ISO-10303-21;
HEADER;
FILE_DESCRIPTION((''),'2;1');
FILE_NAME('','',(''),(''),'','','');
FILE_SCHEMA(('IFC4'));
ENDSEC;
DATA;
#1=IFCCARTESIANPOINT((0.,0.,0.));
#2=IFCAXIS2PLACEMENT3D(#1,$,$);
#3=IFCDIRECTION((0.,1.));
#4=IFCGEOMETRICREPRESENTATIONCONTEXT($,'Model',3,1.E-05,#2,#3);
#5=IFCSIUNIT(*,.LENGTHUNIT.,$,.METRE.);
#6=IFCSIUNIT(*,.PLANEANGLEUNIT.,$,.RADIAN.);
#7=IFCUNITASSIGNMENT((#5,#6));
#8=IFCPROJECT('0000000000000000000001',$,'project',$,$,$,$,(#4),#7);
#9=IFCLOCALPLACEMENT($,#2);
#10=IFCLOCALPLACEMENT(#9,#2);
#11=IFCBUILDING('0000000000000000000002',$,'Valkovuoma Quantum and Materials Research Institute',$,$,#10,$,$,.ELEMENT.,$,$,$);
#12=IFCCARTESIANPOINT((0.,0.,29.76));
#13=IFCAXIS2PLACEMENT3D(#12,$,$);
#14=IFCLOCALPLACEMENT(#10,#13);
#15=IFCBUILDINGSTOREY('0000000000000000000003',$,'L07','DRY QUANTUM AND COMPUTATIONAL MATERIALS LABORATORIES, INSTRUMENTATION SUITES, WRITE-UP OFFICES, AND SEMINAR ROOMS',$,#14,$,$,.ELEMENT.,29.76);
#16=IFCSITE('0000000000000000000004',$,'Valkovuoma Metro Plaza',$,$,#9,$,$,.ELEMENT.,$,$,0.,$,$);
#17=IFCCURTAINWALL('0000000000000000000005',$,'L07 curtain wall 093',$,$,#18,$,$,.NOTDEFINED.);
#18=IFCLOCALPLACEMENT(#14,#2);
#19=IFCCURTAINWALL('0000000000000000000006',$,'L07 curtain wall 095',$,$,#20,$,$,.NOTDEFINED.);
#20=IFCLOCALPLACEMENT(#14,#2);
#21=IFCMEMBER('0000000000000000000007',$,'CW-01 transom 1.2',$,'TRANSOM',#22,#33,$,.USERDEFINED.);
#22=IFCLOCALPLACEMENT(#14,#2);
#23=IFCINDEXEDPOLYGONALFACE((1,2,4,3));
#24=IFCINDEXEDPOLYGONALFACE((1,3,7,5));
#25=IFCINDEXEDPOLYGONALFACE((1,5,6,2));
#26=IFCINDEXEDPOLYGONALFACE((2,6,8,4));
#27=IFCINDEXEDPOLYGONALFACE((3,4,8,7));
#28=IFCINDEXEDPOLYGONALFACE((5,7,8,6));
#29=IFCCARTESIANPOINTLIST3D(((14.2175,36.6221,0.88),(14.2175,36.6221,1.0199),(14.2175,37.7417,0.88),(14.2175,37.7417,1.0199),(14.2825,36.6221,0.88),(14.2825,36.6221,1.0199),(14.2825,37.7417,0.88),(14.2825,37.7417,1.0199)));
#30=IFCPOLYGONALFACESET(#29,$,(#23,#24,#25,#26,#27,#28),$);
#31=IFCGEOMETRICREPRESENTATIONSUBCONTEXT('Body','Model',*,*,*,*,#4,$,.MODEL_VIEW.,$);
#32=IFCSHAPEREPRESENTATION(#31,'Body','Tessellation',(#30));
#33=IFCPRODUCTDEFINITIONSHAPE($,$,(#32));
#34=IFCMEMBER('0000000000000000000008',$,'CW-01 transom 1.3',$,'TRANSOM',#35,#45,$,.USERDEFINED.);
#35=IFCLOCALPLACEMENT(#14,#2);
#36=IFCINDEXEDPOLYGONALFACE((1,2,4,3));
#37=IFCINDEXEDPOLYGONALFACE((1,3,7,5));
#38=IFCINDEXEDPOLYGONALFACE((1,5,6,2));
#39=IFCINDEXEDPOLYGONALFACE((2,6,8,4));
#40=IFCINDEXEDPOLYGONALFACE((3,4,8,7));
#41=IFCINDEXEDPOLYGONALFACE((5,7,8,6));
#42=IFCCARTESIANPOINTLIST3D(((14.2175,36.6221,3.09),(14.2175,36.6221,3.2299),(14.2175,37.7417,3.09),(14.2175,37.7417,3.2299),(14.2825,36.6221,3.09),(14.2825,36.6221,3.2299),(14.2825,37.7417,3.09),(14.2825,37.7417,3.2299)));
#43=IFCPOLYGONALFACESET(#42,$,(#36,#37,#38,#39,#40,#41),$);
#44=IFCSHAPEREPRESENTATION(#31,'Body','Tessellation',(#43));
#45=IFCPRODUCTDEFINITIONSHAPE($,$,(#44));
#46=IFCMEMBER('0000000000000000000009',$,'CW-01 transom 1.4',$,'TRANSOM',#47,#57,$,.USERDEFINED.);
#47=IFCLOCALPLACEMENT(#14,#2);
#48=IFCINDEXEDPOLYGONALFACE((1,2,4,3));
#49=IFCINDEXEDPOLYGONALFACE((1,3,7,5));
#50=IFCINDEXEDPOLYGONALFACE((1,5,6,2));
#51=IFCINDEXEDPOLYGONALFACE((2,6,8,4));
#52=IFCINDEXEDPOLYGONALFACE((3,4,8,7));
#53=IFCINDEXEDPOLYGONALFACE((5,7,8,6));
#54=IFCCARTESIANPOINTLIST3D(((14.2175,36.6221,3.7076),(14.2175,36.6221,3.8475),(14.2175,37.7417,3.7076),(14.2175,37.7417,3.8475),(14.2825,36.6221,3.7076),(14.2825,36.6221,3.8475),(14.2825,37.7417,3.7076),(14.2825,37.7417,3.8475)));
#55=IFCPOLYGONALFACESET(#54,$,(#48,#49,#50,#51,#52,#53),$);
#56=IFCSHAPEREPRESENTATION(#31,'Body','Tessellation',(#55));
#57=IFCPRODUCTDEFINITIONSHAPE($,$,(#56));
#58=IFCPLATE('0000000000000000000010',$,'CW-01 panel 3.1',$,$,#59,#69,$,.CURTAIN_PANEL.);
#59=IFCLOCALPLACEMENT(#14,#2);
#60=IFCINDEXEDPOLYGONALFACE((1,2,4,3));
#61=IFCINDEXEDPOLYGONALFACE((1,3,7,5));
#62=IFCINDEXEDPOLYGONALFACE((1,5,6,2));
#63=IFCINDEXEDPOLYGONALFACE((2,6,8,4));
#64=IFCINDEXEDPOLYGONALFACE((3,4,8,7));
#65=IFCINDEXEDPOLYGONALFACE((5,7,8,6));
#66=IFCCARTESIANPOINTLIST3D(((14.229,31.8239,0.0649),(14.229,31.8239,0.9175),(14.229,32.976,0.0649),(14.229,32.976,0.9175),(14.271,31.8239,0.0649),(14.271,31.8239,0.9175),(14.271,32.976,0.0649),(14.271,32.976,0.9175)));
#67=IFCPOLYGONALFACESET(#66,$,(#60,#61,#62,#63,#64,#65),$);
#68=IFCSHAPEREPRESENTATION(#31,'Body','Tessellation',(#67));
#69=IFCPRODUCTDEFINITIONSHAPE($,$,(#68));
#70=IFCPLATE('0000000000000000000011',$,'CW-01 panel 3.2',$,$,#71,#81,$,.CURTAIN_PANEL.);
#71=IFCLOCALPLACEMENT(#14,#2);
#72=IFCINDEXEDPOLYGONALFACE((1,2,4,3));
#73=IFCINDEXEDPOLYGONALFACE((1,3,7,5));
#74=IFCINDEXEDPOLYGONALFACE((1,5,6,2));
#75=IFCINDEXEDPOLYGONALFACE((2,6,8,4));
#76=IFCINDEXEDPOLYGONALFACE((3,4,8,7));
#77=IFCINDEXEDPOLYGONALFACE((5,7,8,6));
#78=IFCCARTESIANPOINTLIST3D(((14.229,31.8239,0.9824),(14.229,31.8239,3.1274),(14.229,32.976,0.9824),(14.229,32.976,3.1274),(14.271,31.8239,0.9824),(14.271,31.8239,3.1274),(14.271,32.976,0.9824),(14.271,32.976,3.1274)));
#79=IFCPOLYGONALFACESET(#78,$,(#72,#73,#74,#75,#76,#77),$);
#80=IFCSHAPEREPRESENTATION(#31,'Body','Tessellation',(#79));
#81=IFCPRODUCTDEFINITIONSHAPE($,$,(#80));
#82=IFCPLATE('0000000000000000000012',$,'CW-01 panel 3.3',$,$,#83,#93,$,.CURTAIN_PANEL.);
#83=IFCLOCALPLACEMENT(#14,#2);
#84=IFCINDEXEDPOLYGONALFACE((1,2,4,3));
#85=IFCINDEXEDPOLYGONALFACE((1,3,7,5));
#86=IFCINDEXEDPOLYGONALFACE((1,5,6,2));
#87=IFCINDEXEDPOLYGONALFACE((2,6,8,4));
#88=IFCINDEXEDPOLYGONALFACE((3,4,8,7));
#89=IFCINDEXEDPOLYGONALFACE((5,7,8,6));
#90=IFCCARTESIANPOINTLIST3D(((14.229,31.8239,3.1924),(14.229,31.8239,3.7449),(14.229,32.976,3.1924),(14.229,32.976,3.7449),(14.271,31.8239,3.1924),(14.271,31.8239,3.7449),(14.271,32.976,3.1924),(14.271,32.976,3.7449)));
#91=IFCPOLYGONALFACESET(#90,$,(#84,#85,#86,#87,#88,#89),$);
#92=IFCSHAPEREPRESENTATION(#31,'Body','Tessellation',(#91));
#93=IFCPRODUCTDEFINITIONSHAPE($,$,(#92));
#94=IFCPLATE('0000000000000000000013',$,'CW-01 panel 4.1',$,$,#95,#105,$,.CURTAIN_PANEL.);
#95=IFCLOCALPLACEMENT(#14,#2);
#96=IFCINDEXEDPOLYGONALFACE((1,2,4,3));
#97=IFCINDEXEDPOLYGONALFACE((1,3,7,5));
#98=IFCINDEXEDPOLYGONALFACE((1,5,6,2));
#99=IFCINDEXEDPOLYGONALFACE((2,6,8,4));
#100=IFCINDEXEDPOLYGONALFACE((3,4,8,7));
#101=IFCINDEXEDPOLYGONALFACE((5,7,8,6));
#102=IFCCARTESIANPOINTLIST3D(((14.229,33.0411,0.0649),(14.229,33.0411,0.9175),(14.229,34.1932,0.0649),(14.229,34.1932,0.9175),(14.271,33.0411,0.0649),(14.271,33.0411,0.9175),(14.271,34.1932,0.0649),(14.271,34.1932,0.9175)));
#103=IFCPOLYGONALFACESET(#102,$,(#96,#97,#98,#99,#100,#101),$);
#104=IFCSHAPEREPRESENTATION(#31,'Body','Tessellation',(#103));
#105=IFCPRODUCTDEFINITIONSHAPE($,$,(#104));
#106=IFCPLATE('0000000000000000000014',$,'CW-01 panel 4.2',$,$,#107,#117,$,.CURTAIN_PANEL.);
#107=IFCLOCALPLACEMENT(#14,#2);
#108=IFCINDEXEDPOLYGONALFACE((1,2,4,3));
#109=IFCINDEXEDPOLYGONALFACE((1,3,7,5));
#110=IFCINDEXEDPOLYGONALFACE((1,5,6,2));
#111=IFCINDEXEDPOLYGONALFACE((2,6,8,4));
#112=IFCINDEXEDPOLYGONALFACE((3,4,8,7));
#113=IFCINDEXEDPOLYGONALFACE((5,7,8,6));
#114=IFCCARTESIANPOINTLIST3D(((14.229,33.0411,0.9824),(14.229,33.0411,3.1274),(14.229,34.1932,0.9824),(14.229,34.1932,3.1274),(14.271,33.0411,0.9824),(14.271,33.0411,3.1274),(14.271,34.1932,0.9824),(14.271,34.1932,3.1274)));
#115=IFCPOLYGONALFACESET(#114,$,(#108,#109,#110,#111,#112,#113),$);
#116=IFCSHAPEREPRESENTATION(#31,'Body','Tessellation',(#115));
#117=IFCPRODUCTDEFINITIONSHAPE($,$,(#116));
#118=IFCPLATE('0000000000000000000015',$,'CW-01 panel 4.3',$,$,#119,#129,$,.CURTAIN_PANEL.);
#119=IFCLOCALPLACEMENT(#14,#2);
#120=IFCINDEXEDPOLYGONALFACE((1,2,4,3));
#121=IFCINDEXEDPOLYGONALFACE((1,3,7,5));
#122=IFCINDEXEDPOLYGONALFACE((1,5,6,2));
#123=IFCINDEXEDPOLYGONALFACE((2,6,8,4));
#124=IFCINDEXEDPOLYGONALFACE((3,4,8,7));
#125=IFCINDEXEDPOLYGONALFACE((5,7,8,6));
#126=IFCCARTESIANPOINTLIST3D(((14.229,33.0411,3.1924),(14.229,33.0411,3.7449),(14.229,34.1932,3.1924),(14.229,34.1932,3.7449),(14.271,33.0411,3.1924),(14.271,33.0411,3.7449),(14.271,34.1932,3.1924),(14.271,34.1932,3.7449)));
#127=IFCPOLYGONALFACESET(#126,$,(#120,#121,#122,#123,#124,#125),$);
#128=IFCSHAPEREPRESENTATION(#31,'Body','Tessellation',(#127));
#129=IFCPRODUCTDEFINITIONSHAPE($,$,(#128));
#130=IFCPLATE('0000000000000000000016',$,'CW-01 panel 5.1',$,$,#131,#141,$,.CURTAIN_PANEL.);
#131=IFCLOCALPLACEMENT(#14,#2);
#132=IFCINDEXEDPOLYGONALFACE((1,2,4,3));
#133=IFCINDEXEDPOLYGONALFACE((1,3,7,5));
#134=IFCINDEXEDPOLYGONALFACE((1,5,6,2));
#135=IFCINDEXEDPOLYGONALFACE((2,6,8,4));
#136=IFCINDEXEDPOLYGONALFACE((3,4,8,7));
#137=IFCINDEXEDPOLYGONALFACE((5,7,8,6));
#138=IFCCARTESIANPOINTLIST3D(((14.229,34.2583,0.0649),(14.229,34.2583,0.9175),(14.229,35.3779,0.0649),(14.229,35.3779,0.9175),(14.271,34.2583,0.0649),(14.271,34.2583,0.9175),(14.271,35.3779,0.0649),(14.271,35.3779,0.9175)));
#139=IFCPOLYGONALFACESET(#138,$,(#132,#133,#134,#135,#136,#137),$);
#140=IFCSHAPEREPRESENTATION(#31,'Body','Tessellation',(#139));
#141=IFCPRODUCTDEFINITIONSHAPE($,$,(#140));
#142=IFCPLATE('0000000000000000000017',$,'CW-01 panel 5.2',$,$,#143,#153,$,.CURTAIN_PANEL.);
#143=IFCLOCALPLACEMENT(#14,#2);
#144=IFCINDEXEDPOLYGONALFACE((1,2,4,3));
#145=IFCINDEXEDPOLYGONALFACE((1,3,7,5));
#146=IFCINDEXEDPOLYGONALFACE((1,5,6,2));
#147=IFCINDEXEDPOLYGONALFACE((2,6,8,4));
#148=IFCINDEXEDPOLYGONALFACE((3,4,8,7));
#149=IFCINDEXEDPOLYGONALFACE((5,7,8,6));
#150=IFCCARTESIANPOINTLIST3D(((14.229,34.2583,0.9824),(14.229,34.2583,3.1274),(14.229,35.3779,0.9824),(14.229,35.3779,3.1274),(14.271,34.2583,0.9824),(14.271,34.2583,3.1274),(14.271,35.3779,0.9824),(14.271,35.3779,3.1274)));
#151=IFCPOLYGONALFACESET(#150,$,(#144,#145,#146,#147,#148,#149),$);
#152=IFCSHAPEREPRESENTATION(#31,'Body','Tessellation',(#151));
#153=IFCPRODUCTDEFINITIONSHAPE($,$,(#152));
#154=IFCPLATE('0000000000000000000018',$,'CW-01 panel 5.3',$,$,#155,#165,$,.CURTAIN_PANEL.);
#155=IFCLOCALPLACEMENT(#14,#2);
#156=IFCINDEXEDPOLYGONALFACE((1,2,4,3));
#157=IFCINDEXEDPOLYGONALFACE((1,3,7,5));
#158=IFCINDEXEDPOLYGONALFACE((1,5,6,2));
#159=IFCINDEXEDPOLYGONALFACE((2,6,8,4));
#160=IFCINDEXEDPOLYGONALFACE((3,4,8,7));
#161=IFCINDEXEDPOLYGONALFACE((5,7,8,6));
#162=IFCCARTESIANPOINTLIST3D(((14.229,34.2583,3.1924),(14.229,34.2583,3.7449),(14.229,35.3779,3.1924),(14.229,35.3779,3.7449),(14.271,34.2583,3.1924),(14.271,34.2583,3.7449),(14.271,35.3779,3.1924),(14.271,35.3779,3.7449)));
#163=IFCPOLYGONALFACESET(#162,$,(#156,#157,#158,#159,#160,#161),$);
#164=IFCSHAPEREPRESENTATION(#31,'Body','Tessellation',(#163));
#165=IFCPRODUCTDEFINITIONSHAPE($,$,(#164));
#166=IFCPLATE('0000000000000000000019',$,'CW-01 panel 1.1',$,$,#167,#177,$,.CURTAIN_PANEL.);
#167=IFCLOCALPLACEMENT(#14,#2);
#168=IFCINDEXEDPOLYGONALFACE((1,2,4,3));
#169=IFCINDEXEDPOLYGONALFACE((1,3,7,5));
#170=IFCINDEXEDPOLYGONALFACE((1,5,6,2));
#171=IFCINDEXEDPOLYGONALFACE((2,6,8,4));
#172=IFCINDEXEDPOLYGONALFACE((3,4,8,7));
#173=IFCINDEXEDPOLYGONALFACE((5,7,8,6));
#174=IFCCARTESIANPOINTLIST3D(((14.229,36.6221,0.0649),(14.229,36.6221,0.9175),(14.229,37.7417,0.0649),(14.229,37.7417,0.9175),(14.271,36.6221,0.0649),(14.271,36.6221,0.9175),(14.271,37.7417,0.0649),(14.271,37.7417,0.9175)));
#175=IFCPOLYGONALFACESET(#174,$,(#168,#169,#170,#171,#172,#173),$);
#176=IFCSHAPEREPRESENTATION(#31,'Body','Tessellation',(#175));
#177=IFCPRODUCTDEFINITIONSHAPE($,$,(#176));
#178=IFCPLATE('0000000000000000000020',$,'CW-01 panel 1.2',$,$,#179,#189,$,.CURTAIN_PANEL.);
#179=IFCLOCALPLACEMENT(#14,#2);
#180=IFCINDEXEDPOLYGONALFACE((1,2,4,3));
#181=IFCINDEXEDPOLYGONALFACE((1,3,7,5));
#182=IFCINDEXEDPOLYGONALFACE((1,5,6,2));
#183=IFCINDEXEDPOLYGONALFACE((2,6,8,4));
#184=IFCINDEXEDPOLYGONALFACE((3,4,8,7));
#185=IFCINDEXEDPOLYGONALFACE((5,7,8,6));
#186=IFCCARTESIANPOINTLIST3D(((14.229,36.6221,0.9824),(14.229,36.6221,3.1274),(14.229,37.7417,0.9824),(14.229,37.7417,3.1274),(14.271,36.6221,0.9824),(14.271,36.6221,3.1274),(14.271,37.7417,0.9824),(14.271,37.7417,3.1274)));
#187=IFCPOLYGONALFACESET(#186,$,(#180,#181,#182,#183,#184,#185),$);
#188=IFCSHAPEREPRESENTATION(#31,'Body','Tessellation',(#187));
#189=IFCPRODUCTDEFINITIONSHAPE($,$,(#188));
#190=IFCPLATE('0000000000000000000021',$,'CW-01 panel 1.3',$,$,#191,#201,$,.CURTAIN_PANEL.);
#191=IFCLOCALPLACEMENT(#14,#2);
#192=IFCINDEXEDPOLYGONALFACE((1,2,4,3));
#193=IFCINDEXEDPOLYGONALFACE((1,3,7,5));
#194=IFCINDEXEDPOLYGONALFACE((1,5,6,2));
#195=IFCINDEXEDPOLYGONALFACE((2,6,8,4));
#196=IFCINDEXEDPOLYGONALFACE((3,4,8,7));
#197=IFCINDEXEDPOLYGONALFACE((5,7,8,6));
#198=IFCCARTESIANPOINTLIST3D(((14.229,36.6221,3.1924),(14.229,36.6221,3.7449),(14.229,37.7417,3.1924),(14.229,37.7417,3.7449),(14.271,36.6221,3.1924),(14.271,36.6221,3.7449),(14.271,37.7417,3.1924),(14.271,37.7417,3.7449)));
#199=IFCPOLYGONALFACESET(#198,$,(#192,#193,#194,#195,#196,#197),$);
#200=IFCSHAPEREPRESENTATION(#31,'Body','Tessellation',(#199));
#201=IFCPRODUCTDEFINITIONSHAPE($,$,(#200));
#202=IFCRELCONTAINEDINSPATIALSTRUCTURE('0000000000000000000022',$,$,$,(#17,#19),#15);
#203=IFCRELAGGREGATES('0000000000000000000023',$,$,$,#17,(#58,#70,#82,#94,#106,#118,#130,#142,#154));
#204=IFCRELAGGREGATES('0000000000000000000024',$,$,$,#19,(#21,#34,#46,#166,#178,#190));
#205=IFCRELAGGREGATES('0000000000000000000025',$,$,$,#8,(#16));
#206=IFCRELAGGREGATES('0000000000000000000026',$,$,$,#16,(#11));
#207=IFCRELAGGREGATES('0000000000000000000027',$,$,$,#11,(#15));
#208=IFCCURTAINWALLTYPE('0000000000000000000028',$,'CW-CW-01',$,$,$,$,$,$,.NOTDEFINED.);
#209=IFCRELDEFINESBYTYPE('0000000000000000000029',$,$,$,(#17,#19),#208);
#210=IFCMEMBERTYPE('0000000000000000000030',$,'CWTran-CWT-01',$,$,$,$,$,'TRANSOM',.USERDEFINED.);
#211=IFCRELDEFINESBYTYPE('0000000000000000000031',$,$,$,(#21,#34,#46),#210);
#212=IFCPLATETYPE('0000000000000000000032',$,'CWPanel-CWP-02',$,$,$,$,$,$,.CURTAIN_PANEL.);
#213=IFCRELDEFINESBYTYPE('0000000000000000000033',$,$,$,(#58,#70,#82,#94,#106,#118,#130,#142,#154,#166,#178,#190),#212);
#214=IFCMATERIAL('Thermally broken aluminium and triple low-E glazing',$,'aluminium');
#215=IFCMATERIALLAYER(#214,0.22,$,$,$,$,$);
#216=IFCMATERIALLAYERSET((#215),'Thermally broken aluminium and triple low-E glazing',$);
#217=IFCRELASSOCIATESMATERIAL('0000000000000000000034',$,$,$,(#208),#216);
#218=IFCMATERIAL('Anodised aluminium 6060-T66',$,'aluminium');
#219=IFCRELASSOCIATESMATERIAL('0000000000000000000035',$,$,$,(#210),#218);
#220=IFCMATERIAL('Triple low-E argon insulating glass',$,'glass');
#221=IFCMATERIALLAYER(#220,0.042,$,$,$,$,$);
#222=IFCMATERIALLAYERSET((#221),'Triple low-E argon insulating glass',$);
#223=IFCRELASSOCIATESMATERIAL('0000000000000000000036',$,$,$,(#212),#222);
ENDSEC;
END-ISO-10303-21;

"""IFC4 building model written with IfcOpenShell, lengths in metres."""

from ifc_helpers import new_model, si_unit, direction, frame, origin, origin_2d, place, context, subcontext, project, spatial, rectangle, extrude, material, layer, layer_set, material_profile, profile_set, type_object, element, aggregate, save


model = new_model("IFC4")

# Units and contexts
model_context = context("Model", 3, precision=1e-05, world=origin(), true_north=direction((0.0, 1.0)))
body_context = subcontext(model_context, "Body", "Model", "MODEL_VIEW")
ifc_project = project(units=[si_unit("LENGTHUNIT", "METRE"), si_unit("PLANEANGLEUNIT", "RADIAN")], contexts=[model_context])

# Site, building, storey
site_placement = place(None, origin())
site = spatial("IfcSite", under=ifc_project, at=site_placement, Name="Valkovuoma Metro Plaza", CompositionType="ELEMENT", RefElevation=0.0)
building_placement = place(site_placement, origin())
building = spatial("IfcBuilding", under=site, at=building_placement, Name="Valkovuoma Quantum and Materials Research Institute", CompositionType="ELEMENT")
storey_placement = place(building_placement, frame((0.0, 0.0, 29.76)))
storey = spatial("IfcBuildingStorey", under=building, at=storey_placement, Name="L07", Description="DRY QUANTUM AND COMPUTATIONAL MATERIALS LABORATORIES, INSTRUMENTATION SUITES, WRITE-UP OFFICES, AND SEMINAR ROOMS", CompositionType="ELEMENT", Elevation=29.76)

# Curtain wall
ifc_material_1 = material(Name="Thermally broken aluminium and triple low-E glazing", Category="aluminium")
ifc_layer_1 = layer(ifc_material_1, 0.22)
ifc_layer_set_1 = layer_set([ifc_layer_1], Name="Thermally broken aluminium and triple low-E glazing")
curtain_wall_type = type_object("IfcCurtainWallType", Name="CW-CW-01", PredefinedType="NOTDEFINED", material=ifc_layer_set_1)
curtain_wall_1_placement = place(storey_placement, origin())
curtain_wall_1 = element("IfcCurtainWall", 1, at=curtain_wall_1_placement, inside=storey, type_object=curtain_wall_type, Name="L07 curtain wall 093", PredefinedType="NOTDEFINED")

# Curtain wall
curtain_wall_2_placement = place(storey_placement, origin())
curtain_wall_2 = element("IfcCurtainWall", 2, at=curtain_wall_2_placement, inside=storey, type_object=curtain_wall_type, Name="L07 curtain wall 095", PredefinedType="NOTDEFINED")

# Members
ifc_material_2 = material(Name="Anodised aluminium 6060-T66", Category="aluminium")
ifc_material_profile_1 = material_profile(ifc_material_2, rectangle(XDim=0.0649, YDim=0.1399, at=origin_2d()), Name="Anodised aluminium 6060-T66")
ifc_profile_set_1 = profile_set([ifc_material_profile_1], Name="Anodised aluminium 6060-T66")
member_type_1 = type_object("IfcMemberType", Name="CWTran-CWT-01", ElementType="TRANSOM", PredefinedType="USERDEFINED", material=ifc_profile_set_1)
member_1_placement = place(storey_placement, frame((14.25, 36.6221, 0.95), z_axis=(0.0, 1.0, 0.0), x_axis=(-1.0, 0.0, 0.0)))
member_1 = element("IfcMember", 3, at=member_1_placement, type_object=member_type_1, Name="CW-01 transom 1.2", ObjectType="TRANSOM", PredefinedType="USERDEFINED", context=body_context, shape_type="SweptSolid", body=[
    extrude(rectangle(XDim=0.0649, YDim=0.1399, at=origin_2d()), origin(), (0.0, 0.0, 1.0), 1.1196),
])
member_2_placement = place(storey_placement, frame((14.25, 36.6221, 3.1599), z_axis=(0.0, 1.0, 0.0), x_axis=(-1.0, 0.0, 0.0)))
member_2 = element("IfcMember", 4, at=member_2_placement, type_object=member_type_1, Name="CW-01 transom 1.3", ObjectType="TRANSOM", PredefinedType="USERDEFINED", context=body_context, shape_type="SweptSolid", body=[
    extrude(rectangle(XDim=0.0649, YDim=0.1399, at=origin_2d()), origin(), (0.0, 0.0, 1.0), 1.1196),
])
member_3_placement = place(storey_placement, frame((14.25, 36.6221, 3.7776), z_axis=(0.0, 1.0, 0.0), x_axis=(-1.0, 0.0, 0.0)))
member_3 = element("IfcMember", 5, at=member_3_placement, type_object=member_type_1, Name="CW-01 transom 1.4", ObjectType="TRANSOM", PredefinedType="USERDEFINED", context=body_context, shape_type="SweptSolid", body=[
    extrude(rectangle(XDim=0.0649, YDim=0.1399, at=origin_2d()), origin(), (0.0, 0.0, 1.0), 1.1196),
])

# Plates
ifc_material_3 = material(Name="Triple low-E argon insulating glass", Category="glass")
ifc_layer_2 = layer(ifc_material_3, 0.042)
ifc_layer_set_2 = layer_set([ifc_layer_2], Name="Triple low-E argon insulating glass")
plate_type = type_object("IfcPlateType", Name="CWPanel-CWP-02", PredefinedType="CURTAIN_PANEL", material=ifc_layer_set_2)
plate_1_placement = place(storey_placement, frame((14.25, 32.3999, 0.0649), z_axis=(0.0, 0.0, 1.0), x_axis=(0.0, 1.0, 0.0)))
plate_1 = element("IfcPlate", 6, at=plate_1_placement, type_object=plate_type, Name="CW-01 panel 3.1", PredefinedType="CURTAIN_PANEL", context=body_context, shape_type="SweptSolid", body=[
    extrude(rectangle(XDim=1.1521, YDim=0.042, at=origin_2d()), origin(), (0.0, 0.0, 1.0), 0.8525),
])
plate_2_placement = place(storey_placement, frame((14.25, 32.3999, 0.9824), z_axis=(0.0, 0.0, 1.0), x_axis=(0.0, 1.0, 0.0)))
plate_2 = element("IfcPlate", 7, at=plate_2_placement, type_object=plate_type, Name="CW-01 panel 3.2", PredefinedType="CURTAIN_PANEL", context=body_context, shape_type="SweptSolid", body=[
    extrude(rectangle(XDim=1.1521, YDim=0.042, at=origin_2d()), origin(), (0.0, 0.0, 1.0), 2.145),
])
plate_3_placement = place(storey_placement, frame((14.25, 32.3999, 3.1924), z_axis=(0.0, 0.0, 1.0), x_axis=(0.0, 1.0, 0.0)))
plate_3 = element("IfcPlate", 8, at=plate_3_placement, type_object=plate_type, Name="CW-01 panel 3.3", PredefinedType="CURTAIN_PANEL", context=body_context, shape_type="SweptSolid", body=[
    extrude(rectangle(XDim=1.1521, YDim=0.042, at=origin_2d()), origin(), (0.0, 0.0, 1.0), 0.5525),
])
plate_4_placement = place(storey_placement, frame((14.25, 33.6172, 0.0649), z_axis=(0.0, 0.0, 1.0), x_axis=(0.0, 1.0, 0.0)))
plate_4 = element("IfcPlate", 9, at=plate_4_placement, type_object=plate_type, Name="CW-01 panel 4.1", PredefinedType="CURTAIN_PANEL", context=body_context, shape_type="SweptSolid", body=[
    extrude(rectangle(XDim=1.1521, YDim=0.042, at=origin_2d()), origin(), (0.0, 0.0, 1.0), 0.8525),
])
plate_5_placement = place(storey_placement, frame((14.25, 33.6172, 0.9824), z_axis=(0.0, 0.0, 1.0), x_axis=(0.0, 1.0, 0.0)))
plate_5 = element("IfcPlate", 10, at=plate_5_placement, type_object=plate_type, Name="CW-01 panel 4.2", PredefinedType="CURTAIN_PANEL", context=body_context, shape_type="SweptSolid", body=[
    extrude(rectangle(XDim=1.1521, YDim=0.042, at=origin_2d()), origin(), (0.0, 0.0, 1.0), 2.145),
])
plate_6_placement = place(storey_placement, frame((14.25, 33.6172, 3.1924), z_axis=(0.0, 0.0, 1.0), x_axis=(0.0, 1.0, 0.0)))
plate_6 = element("IfcPlate", 11, at=plate_6_placement, type_object=plate_type, Name="CW-01 panel 4.3", PredefinedType="CURTAIN_PANEL", context=body_context, shape_type="SweptSolid", body=[
    extrude(rectangle(XDim=1.1521, YDim=0.042, at=origin_2d()), origin(), (0.0, 0.0, 1.0), 0.5525),
])
plate_7_placement = place(storey_placement, frame((14.25, 34.8181, 0.0649), z_axis=(0.0, 0.0, 1.0), x_axis=(0.0, 1.0, 0.0)))
plate_7 = element("IfcPlate", 12, at=plate_7_placement, type_object=plate_type, Name="CW-01 panel 5.1", PredefinedType="CURTAIN_PANEL", context=body_context, shape_type="SweptSolid", body=[
    extrude(rectangle(XDim=1.1196, YDim=0.042, at=origin_2d()), origin(), (0.0, 0.0, 1.0), 0.8525),
])
plate_8_placement = place(storey_placement, frame((14.25, 34.8181, 0.9824), z_axis=(0.0, 0.0, 1.0), x_axis=(0.0, 1.0, 0.0)))
plate_8 = element("IfcPlate", 13, at=plate_8_placement, type_object=plate_type, Name="CW-01 panel 5.2", PredefinedType="CURTAIN_PANEL", context=body_context, shape_type="SweptSolid", body=[
    extrude(rectangle(XDim=1.1196, YDim=0.042, at=origin_2d()), origin(), (0.0, 0.0, 1.0), 2.145),
])
plate_9_placement = place(storey_placement, frame((14.25, 34.8181, 3.1924), z_axis=(0.0, 0.0, 1.0), x_axis=(0.0, 1.0, 0.0)))
plate_9 = element("IfcPlate", 14, at=plate_9_placement, type_object=plate_type, Name="CW-01 panel 5.3", PredefinedType="CURTAIN_PANEL", context=body_context, shape_type="SweptSolid", body=[
    extrude(rectangle(XDim=1.1196, YDim=0.042, at=origin_2d()), origin(), (0.0, 0.0, 1.0), 0.5525),
])
aggregate(curtain_wall_1, [plate_1, plate_2, plate_3, plate_4, plate_5, plate_6, plate_7, plate_8, plate_9])
plate_10_placement = place(storey_placement, frame((14.25, 37.1819, 0.0649), z_axis=(0.0, 0.0, 1.0), x_axis=(0.0, 1.0, 0.0)))
plate_10 = element("IfcPlate", 15, at=plate_10_placement, type_object=plate_type, Name="CW-01 panel 1.1", PredefinedType="CURTAIN_PANEL", context=body_context, shape_type="SweptSolid", body=[
    extrude(rectangle(XDim=1.1196, YDim=0.042, at=origin_2d()), origin(), (0.0, 0.0, 1.0), 0.8525),
])
plate_11_placement = place(storey_placement, frame((14.25, 37.1819, 0.9824), z_axis=(0.0, 0.0, 1.0), x_axis=(0.0, 1.0, 0.0)))
plate_11 = element("IfcPlate", 16, at=plate_11_placement, type_object=plate_type, Name="CW-01 panel 1.2", PredefinedType="CURTAIN_PANEL", context=body_context, shape_type="SweptSolid", body=[
    extrude(rectangle(XDim=1.1196, YDim=0.042, at=origin_2d()), origin(), (0.0, 0.0, 1.0), 2.145),
])
plate_12_placement = place(storey_placement, frame((14.25, 37.1819, 3.1924), z_axis=(0.0, 0.0, 1.0), x_axis=(0.0, 1.0, 0.0)))
plate_12 = element("IfcPlate", 17, at=plate_12_placement, type_object=plate_type, Name="CW-01 panel 1.3", PredefinedType="CURTAIN_PANEL", context=body_context, shape_type="SweptSolid", body=[
    extrude(rectangle(XDim=1.1196, YDim=0.042, at=origin_2d()), origin(), (0.0, 0.0, 1.0), 0.5525),
])
aggregate(curtain_wall_2, [member_1, member_2, member_3, plate_10, plate_11, plate_12])

save(model, "model.ifc")
